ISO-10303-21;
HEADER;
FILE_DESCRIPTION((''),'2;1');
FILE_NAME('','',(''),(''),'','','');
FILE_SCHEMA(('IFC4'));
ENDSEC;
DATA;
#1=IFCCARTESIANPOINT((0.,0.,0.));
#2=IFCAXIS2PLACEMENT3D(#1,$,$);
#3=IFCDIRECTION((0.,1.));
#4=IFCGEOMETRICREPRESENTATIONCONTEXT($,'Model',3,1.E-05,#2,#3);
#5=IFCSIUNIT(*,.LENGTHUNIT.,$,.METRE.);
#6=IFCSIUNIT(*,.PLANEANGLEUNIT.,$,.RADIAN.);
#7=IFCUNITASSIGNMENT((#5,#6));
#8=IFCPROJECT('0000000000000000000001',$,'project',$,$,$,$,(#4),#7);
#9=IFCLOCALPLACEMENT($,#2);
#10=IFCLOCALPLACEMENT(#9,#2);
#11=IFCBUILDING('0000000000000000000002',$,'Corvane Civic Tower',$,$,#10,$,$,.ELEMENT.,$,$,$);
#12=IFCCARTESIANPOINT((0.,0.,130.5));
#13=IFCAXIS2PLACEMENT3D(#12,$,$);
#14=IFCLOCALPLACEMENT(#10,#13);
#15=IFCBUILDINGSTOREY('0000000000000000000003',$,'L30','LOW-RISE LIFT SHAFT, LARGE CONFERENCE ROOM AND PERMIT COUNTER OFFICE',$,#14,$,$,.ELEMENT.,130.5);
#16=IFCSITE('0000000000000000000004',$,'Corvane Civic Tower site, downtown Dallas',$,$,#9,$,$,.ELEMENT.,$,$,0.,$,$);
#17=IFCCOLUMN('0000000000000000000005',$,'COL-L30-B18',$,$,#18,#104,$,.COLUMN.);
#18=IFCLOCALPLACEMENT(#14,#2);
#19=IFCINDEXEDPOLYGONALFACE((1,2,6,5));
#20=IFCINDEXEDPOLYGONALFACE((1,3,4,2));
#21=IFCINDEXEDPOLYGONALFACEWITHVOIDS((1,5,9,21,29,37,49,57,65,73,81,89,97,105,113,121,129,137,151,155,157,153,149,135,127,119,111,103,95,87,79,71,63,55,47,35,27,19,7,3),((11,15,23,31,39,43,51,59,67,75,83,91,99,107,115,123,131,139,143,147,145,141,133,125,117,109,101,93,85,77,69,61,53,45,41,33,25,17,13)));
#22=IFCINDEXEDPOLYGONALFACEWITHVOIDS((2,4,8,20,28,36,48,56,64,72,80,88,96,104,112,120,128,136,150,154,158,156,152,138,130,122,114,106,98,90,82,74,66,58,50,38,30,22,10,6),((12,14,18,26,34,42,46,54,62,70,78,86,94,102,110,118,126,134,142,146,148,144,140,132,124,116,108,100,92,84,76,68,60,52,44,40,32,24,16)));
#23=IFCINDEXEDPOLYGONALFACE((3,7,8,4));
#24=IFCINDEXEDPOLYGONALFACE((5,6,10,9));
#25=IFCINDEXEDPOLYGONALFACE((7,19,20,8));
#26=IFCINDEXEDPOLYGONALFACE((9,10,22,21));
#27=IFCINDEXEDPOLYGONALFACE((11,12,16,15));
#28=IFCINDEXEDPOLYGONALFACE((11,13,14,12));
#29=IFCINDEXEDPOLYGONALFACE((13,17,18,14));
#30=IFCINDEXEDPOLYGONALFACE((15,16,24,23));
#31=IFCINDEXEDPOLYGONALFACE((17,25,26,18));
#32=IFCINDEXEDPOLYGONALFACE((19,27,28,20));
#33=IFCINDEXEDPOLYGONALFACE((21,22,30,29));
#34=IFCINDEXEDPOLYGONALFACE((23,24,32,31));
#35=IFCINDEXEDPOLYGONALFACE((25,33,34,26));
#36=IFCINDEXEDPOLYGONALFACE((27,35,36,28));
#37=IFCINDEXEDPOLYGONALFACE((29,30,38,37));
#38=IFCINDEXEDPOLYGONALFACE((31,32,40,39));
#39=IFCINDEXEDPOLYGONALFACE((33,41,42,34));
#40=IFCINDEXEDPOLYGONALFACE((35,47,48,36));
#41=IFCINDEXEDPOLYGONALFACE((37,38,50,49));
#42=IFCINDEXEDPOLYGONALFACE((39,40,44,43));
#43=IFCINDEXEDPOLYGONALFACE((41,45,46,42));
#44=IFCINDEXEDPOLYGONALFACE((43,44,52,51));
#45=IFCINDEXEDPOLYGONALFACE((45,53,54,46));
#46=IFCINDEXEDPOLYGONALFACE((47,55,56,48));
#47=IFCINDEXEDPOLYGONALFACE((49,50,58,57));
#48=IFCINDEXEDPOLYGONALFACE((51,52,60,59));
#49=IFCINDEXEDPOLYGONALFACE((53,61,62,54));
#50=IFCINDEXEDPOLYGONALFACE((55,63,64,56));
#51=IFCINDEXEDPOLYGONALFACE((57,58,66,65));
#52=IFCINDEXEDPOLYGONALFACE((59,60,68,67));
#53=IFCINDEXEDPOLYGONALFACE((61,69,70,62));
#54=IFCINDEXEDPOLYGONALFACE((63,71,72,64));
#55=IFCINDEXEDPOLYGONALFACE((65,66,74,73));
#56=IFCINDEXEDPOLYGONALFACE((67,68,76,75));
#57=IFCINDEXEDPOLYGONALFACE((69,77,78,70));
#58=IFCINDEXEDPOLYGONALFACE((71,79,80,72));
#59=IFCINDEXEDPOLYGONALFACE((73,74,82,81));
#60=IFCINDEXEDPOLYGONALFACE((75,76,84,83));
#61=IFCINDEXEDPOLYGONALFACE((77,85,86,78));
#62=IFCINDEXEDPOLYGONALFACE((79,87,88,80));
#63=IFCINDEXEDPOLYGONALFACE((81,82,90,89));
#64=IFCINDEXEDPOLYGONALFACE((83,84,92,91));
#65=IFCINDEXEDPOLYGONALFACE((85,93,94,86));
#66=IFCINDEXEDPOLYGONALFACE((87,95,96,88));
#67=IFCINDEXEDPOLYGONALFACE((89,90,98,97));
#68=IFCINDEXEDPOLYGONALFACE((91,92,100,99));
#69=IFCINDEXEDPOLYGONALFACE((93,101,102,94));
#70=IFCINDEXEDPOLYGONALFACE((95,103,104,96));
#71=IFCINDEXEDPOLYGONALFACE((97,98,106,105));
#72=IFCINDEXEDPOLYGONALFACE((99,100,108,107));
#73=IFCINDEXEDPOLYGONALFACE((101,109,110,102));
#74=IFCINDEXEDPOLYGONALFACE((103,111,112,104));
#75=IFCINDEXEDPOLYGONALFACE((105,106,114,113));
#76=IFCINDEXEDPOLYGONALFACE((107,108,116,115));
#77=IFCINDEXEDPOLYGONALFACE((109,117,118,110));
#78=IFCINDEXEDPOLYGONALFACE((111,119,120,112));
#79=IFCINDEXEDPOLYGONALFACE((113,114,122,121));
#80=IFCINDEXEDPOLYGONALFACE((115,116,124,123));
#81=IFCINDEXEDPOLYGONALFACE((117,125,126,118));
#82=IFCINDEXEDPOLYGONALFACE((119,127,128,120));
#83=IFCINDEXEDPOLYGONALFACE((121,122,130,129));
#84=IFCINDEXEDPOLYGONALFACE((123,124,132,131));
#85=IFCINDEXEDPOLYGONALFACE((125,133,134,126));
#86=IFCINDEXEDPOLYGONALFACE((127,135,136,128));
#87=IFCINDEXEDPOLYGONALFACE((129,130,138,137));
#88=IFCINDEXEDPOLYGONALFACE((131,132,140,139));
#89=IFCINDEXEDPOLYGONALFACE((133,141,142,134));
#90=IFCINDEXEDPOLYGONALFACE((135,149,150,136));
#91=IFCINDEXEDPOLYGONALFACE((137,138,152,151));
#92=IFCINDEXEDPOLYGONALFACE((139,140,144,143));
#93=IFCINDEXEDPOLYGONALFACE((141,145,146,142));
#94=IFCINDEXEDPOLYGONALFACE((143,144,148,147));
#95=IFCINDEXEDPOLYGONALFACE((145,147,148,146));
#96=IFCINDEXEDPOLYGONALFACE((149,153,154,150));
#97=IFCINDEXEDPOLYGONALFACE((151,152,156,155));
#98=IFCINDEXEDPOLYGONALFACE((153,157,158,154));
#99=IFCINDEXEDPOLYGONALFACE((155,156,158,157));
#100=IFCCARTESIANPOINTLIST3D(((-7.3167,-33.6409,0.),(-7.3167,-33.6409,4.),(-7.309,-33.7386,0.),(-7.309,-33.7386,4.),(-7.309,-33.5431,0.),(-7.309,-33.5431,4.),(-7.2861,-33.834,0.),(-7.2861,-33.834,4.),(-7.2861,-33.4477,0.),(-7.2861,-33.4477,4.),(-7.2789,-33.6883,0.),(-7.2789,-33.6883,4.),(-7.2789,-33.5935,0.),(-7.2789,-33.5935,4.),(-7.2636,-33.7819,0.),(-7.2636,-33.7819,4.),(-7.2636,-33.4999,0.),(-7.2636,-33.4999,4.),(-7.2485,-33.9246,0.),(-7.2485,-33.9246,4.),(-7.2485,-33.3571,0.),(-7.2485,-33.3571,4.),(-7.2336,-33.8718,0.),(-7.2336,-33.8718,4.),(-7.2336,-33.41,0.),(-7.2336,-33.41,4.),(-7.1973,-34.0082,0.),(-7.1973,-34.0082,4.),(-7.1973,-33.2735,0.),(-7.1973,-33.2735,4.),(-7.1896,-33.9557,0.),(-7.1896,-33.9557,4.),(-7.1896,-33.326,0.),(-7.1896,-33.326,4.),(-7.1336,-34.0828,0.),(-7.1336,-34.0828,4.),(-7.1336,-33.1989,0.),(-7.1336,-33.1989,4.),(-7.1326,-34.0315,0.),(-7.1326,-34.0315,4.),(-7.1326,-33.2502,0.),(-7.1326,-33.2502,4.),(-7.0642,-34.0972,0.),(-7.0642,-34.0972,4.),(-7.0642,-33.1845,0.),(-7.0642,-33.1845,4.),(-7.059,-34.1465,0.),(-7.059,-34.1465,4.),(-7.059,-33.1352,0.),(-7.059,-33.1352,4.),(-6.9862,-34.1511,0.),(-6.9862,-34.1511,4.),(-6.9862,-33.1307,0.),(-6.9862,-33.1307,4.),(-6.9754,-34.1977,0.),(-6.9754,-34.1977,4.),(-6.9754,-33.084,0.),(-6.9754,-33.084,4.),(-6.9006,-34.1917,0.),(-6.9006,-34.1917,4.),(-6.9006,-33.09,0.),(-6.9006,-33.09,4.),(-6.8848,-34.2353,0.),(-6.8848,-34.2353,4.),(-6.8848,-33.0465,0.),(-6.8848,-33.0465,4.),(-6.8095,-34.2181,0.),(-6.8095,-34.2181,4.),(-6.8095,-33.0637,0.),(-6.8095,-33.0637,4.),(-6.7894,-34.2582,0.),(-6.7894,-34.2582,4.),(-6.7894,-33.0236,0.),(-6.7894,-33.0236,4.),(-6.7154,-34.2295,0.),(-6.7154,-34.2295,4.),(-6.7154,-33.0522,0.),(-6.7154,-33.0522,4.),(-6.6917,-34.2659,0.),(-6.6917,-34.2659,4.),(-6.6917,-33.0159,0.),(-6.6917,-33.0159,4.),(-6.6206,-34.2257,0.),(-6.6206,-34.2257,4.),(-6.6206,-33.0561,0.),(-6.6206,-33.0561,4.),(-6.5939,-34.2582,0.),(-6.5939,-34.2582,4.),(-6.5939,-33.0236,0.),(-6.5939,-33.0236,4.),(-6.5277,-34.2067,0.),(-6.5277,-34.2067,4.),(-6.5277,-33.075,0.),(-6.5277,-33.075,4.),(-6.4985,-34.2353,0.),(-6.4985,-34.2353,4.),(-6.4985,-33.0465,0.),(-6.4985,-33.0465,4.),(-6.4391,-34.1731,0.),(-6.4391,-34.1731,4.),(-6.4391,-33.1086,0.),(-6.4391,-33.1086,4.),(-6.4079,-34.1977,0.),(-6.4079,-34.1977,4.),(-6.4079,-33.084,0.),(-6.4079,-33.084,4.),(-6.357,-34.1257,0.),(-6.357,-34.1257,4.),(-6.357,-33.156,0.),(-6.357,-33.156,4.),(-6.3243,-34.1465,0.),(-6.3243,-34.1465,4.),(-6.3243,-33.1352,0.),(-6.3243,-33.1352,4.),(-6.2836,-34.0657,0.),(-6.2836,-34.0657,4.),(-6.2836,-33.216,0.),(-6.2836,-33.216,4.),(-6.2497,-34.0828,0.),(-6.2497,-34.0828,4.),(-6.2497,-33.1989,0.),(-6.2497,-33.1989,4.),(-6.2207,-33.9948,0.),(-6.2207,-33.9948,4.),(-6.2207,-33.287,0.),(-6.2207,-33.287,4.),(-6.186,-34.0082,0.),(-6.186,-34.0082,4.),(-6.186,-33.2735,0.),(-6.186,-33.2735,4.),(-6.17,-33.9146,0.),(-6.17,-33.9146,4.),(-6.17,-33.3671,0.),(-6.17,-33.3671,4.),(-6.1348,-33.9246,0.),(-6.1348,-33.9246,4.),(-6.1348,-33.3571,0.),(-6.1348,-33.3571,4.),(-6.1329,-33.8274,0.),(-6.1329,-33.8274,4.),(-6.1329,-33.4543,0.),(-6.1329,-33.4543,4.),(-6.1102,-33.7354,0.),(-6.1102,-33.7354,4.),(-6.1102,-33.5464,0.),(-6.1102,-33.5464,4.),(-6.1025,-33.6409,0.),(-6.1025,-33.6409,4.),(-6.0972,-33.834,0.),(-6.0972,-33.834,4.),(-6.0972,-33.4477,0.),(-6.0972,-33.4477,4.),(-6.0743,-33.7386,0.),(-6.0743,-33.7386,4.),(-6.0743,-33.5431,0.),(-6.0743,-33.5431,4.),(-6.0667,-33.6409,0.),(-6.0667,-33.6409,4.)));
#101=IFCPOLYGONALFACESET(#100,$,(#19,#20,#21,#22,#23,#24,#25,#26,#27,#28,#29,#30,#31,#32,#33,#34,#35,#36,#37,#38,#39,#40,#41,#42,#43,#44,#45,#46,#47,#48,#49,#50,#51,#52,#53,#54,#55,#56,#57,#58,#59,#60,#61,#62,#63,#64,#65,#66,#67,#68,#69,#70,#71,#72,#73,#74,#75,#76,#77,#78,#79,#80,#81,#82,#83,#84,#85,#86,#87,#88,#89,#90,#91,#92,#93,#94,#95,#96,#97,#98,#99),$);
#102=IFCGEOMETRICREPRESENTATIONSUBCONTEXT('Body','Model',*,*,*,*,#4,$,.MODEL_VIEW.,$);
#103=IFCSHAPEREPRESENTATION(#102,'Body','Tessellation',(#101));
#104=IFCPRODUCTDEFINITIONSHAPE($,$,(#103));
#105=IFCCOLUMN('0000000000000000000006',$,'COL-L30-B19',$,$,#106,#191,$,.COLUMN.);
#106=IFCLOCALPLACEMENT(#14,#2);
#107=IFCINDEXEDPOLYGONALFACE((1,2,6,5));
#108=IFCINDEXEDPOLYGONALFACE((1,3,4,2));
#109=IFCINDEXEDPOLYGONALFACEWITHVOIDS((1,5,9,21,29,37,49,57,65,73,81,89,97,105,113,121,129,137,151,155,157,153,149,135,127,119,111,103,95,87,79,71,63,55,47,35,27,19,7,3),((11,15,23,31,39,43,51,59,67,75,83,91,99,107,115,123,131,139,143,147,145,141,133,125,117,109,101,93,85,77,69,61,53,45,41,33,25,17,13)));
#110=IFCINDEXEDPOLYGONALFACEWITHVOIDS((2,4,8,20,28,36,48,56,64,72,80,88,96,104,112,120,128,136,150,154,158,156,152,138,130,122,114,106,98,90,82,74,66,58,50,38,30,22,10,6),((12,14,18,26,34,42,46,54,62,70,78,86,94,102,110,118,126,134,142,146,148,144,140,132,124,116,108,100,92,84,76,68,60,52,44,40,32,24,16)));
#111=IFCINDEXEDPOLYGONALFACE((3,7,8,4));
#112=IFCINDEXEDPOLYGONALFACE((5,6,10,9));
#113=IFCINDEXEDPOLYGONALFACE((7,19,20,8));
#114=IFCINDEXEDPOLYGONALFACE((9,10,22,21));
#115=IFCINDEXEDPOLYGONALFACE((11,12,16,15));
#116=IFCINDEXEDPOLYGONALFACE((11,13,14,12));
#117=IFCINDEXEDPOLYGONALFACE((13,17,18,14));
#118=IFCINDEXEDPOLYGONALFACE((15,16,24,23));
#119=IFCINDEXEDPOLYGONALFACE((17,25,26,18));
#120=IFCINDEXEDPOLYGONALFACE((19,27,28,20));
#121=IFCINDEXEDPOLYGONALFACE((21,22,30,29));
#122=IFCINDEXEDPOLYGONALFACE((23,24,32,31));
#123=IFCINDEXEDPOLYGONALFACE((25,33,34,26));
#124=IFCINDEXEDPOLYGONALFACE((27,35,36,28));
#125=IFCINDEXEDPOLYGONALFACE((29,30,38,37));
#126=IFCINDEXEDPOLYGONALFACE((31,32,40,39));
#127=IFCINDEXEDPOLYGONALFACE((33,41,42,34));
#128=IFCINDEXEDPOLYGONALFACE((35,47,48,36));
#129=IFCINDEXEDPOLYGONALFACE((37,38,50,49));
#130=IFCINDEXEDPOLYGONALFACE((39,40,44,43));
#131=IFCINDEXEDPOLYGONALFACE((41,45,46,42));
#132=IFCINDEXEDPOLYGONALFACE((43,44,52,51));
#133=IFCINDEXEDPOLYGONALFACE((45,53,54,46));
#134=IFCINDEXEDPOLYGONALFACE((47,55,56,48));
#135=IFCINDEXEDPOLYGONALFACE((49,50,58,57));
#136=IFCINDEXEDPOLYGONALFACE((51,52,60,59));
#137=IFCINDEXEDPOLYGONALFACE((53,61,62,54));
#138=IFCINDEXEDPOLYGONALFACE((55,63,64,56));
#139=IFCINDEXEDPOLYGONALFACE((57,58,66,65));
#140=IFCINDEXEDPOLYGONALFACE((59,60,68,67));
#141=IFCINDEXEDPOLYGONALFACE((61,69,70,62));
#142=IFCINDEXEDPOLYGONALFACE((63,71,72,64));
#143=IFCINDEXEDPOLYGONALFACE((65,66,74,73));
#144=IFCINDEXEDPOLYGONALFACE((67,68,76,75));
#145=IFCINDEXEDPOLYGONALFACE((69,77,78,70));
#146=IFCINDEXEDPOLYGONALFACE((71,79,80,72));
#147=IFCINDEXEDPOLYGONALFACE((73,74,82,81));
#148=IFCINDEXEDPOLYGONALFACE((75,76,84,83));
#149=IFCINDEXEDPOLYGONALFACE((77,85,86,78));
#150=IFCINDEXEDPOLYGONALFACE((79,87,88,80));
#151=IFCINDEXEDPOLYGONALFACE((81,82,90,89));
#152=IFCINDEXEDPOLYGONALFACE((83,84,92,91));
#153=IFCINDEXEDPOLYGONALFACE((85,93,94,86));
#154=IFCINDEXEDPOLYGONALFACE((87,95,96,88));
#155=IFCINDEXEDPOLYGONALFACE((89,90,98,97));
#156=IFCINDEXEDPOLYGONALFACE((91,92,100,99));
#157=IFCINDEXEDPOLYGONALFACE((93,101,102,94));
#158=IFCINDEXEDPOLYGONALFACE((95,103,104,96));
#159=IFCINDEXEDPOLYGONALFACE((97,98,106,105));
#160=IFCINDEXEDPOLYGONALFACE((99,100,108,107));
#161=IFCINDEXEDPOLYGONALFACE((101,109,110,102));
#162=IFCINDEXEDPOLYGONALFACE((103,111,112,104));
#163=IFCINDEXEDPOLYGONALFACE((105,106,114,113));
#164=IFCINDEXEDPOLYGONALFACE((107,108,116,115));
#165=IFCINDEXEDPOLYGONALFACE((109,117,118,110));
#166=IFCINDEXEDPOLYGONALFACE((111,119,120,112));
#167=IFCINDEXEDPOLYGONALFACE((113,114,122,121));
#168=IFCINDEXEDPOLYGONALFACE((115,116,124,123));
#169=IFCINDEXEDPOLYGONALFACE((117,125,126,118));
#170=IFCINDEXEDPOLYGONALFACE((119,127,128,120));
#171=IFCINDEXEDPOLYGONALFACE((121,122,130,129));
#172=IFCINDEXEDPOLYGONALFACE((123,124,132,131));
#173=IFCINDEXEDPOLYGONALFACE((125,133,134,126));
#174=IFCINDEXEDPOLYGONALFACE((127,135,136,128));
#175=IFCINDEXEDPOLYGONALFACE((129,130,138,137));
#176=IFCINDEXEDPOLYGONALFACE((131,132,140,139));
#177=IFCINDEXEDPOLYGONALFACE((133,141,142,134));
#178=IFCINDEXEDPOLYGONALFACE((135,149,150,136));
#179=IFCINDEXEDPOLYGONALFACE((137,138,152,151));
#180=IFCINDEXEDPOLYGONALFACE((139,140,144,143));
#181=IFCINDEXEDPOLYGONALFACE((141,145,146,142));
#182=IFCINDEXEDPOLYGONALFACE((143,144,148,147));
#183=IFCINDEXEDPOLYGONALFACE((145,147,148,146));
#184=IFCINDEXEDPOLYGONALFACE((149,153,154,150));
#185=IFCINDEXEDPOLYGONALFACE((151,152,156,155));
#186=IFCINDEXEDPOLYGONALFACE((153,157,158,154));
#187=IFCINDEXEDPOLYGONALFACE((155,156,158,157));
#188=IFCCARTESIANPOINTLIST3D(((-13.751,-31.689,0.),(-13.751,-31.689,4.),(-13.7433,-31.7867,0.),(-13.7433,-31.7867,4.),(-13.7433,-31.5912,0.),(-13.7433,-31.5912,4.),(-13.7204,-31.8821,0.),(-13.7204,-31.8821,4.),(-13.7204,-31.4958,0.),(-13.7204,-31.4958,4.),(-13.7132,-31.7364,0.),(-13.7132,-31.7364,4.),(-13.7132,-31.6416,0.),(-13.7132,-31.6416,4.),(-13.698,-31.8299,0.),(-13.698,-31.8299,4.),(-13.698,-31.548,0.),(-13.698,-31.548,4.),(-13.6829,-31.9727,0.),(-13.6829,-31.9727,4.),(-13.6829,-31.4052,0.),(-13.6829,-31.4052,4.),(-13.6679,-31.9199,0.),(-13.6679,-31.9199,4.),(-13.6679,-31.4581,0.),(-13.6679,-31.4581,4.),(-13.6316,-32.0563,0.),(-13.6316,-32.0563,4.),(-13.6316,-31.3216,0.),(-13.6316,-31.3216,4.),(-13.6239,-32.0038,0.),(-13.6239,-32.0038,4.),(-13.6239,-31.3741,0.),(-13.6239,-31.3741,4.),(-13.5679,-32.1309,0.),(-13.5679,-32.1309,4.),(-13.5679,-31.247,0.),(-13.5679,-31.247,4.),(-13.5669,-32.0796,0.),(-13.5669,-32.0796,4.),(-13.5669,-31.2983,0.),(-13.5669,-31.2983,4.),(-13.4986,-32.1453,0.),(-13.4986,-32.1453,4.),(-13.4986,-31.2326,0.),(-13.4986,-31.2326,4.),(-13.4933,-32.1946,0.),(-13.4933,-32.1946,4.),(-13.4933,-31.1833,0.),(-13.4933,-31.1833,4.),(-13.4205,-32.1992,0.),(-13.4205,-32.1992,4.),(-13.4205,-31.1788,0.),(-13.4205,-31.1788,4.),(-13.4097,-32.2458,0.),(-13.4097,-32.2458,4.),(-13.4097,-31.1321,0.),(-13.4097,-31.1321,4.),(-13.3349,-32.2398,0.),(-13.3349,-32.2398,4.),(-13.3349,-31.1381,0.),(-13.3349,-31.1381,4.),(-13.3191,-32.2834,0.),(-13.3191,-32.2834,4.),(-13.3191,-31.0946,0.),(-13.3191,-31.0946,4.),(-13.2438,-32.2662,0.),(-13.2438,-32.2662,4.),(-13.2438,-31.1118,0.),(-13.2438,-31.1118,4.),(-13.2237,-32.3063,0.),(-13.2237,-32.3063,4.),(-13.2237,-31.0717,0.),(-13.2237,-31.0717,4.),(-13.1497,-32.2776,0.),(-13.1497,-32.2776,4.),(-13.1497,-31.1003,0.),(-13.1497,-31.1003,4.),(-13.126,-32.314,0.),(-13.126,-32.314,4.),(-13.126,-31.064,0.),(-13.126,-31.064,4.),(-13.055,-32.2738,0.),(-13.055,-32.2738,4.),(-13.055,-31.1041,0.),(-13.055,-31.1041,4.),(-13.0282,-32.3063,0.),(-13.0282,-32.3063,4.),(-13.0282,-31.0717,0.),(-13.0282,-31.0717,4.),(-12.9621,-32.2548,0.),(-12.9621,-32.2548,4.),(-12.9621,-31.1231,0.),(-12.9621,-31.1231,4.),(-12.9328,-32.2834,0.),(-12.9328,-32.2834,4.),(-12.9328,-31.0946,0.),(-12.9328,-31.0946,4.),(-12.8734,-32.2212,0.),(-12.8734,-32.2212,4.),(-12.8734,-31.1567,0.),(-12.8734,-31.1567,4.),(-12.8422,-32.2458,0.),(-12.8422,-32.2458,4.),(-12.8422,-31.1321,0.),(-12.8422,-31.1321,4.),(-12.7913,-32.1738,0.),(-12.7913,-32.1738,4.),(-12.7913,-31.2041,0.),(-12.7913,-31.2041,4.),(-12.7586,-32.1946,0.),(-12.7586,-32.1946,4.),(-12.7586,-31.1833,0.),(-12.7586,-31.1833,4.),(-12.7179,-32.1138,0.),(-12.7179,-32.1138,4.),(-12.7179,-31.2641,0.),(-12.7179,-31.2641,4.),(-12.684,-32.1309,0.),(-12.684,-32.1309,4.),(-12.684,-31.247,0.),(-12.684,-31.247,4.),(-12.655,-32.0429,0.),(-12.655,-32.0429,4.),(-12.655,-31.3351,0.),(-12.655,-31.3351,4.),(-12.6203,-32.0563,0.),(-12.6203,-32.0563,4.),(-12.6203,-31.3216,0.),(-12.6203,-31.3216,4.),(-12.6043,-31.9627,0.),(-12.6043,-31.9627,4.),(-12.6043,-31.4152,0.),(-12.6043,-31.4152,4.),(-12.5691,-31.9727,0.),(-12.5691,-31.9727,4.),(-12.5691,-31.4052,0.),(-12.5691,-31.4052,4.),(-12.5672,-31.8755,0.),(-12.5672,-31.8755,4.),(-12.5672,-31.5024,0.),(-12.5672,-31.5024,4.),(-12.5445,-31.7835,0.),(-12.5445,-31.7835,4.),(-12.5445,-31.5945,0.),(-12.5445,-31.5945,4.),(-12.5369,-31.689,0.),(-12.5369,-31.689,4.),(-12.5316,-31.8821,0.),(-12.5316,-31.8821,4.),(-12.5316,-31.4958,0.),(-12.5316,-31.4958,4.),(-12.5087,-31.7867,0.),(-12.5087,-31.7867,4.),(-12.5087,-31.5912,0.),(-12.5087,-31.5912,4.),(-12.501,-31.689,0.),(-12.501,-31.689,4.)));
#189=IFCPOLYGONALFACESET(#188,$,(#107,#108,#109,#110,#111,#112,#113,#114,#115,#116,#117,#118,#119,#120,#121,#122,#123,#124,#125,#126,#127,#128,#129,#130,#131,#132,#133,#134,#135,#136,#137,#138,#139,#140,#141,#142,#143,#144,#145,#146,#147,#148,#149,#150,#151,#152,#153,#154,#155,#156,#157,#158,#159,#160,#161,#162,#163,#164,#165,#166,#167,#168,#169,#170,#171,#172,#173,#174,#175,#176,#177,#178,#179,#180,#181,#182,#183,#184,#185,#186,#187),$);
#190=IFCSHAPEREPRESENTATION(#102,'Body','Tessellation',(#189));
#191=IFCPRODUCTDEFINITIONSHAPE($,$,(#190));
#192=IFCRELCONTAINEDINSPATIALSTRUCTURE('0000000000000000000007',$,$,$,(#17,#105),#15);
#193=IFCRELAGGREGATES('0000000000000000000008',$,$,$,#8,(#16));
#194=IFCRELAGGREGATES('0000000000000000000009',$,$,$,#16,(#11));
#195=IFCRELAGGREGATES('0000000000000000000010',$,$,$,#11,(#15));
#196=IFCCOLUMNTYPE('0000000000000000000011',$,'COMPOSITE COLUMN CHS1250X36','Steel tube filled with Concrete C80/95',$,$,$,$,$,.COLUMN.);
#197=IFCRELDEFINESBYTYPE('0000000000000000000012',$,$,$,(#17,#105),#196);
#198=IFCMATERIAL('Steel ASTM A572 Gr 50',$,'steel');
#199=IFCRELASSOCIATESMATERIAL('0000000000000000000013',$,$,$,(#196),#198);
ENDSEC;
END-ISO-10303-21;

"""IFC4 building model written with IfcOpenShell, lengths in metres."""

from ifc_helpers import new_model, si_unit, direction, frame, origin, origin_2d, place, context, subcontext, project, spatial, hollow_circle, extrude, material, material_profile, profile_set, type_object, element, save


model = new_model("IFC4")

# Units and contexts
model_context = context("Model", 3, precision=1e-05, world=origin(), true_north=direction((0.0, 1.0)))
body_context = subcontext(model_context, "Body", "Model", "MODEL_VIEW")
ifc_project = project(units=[si_unit("LENGTHUNIT", "METRE"), si_unit("PLANEANGLEUNIT", "RADIAN")], contexts=[model_context])

# Site, building, storey
site_placement = place(None, origin())
site = spatial("IfcSite", under=ifc_project, at=site_placement, Name="Corvane Civic Tower site, downtown Dallas", CompositionType="ELEMENT", RefElevation=0.0)
building_placement = place(site_placement, origin())
building = spatial("IfcBuilding", under=site, at=building_placement, Name="Corvane Civic Tower", CompositionType="ELEMENT")
storey_placement = place(building_placement, frame((0.0, 0.0, 130.5)))
storey = spatial("IfcBuildingStorey", under=building, at=storey_placement, Name="L30", Description="LOW-RISE LIFT SHAFT, LARGE CONFERENCE ROOM AND PERMIT COUNTER OFFICE", CompositionType="ELEMENT", Elevation=130.5)

# Columns
ifc_material_1 = material(Name="Steel ASTM A572 Gr 50", Category="steel")
ifc_material_profile_1 = material_profile(ifc_material_1, hollow_circle(Radius=0.625, WallThickness=0.0359, at=origin_2d()), Name="CHS1250X36")
ifc_profile_set_1 = profile_set([ifc_material_profile_1], Name="Steel ASTM A572 Gr 50")
column_type = type_object("IfcColumnType", Name="COMPOSITE COLUMN CHS1250X36", Description="Steel tube filled with Concrete C80/95", PredefinedType="COLUMN", material=ifc_profile_set_1)
for number, where, z_axis, x_axis, name in (
    (1, (-6.6917, -33.6409, 0.0), (0.0, 0.0, 1.0), (1.0, 0.0, 0.0), "COL-L30-B18"),
    (2, (-13.126, -31.689, 0.0), (0.0, 0.0, 1.0), (1.0, 0.0, 0.0), "COL-L30-B19"),
):
    element("IfcColumn", number, at=place(storey_placement, frame(where, z_axis=z_axis, x_axis=x_axis)), inside=storey, type_object=column_type, Name=name, PredefinedType="COLUMN", context=body_context, shape_type="SweptSolid", body=[
        extrude(hollow_circle(Radius=0.625, WallThickness=0.0359, at=origin_2d()), origin(), (0.0, 0.0, 1.0), 4.0),
    ])

save(model, "model.ifc")
